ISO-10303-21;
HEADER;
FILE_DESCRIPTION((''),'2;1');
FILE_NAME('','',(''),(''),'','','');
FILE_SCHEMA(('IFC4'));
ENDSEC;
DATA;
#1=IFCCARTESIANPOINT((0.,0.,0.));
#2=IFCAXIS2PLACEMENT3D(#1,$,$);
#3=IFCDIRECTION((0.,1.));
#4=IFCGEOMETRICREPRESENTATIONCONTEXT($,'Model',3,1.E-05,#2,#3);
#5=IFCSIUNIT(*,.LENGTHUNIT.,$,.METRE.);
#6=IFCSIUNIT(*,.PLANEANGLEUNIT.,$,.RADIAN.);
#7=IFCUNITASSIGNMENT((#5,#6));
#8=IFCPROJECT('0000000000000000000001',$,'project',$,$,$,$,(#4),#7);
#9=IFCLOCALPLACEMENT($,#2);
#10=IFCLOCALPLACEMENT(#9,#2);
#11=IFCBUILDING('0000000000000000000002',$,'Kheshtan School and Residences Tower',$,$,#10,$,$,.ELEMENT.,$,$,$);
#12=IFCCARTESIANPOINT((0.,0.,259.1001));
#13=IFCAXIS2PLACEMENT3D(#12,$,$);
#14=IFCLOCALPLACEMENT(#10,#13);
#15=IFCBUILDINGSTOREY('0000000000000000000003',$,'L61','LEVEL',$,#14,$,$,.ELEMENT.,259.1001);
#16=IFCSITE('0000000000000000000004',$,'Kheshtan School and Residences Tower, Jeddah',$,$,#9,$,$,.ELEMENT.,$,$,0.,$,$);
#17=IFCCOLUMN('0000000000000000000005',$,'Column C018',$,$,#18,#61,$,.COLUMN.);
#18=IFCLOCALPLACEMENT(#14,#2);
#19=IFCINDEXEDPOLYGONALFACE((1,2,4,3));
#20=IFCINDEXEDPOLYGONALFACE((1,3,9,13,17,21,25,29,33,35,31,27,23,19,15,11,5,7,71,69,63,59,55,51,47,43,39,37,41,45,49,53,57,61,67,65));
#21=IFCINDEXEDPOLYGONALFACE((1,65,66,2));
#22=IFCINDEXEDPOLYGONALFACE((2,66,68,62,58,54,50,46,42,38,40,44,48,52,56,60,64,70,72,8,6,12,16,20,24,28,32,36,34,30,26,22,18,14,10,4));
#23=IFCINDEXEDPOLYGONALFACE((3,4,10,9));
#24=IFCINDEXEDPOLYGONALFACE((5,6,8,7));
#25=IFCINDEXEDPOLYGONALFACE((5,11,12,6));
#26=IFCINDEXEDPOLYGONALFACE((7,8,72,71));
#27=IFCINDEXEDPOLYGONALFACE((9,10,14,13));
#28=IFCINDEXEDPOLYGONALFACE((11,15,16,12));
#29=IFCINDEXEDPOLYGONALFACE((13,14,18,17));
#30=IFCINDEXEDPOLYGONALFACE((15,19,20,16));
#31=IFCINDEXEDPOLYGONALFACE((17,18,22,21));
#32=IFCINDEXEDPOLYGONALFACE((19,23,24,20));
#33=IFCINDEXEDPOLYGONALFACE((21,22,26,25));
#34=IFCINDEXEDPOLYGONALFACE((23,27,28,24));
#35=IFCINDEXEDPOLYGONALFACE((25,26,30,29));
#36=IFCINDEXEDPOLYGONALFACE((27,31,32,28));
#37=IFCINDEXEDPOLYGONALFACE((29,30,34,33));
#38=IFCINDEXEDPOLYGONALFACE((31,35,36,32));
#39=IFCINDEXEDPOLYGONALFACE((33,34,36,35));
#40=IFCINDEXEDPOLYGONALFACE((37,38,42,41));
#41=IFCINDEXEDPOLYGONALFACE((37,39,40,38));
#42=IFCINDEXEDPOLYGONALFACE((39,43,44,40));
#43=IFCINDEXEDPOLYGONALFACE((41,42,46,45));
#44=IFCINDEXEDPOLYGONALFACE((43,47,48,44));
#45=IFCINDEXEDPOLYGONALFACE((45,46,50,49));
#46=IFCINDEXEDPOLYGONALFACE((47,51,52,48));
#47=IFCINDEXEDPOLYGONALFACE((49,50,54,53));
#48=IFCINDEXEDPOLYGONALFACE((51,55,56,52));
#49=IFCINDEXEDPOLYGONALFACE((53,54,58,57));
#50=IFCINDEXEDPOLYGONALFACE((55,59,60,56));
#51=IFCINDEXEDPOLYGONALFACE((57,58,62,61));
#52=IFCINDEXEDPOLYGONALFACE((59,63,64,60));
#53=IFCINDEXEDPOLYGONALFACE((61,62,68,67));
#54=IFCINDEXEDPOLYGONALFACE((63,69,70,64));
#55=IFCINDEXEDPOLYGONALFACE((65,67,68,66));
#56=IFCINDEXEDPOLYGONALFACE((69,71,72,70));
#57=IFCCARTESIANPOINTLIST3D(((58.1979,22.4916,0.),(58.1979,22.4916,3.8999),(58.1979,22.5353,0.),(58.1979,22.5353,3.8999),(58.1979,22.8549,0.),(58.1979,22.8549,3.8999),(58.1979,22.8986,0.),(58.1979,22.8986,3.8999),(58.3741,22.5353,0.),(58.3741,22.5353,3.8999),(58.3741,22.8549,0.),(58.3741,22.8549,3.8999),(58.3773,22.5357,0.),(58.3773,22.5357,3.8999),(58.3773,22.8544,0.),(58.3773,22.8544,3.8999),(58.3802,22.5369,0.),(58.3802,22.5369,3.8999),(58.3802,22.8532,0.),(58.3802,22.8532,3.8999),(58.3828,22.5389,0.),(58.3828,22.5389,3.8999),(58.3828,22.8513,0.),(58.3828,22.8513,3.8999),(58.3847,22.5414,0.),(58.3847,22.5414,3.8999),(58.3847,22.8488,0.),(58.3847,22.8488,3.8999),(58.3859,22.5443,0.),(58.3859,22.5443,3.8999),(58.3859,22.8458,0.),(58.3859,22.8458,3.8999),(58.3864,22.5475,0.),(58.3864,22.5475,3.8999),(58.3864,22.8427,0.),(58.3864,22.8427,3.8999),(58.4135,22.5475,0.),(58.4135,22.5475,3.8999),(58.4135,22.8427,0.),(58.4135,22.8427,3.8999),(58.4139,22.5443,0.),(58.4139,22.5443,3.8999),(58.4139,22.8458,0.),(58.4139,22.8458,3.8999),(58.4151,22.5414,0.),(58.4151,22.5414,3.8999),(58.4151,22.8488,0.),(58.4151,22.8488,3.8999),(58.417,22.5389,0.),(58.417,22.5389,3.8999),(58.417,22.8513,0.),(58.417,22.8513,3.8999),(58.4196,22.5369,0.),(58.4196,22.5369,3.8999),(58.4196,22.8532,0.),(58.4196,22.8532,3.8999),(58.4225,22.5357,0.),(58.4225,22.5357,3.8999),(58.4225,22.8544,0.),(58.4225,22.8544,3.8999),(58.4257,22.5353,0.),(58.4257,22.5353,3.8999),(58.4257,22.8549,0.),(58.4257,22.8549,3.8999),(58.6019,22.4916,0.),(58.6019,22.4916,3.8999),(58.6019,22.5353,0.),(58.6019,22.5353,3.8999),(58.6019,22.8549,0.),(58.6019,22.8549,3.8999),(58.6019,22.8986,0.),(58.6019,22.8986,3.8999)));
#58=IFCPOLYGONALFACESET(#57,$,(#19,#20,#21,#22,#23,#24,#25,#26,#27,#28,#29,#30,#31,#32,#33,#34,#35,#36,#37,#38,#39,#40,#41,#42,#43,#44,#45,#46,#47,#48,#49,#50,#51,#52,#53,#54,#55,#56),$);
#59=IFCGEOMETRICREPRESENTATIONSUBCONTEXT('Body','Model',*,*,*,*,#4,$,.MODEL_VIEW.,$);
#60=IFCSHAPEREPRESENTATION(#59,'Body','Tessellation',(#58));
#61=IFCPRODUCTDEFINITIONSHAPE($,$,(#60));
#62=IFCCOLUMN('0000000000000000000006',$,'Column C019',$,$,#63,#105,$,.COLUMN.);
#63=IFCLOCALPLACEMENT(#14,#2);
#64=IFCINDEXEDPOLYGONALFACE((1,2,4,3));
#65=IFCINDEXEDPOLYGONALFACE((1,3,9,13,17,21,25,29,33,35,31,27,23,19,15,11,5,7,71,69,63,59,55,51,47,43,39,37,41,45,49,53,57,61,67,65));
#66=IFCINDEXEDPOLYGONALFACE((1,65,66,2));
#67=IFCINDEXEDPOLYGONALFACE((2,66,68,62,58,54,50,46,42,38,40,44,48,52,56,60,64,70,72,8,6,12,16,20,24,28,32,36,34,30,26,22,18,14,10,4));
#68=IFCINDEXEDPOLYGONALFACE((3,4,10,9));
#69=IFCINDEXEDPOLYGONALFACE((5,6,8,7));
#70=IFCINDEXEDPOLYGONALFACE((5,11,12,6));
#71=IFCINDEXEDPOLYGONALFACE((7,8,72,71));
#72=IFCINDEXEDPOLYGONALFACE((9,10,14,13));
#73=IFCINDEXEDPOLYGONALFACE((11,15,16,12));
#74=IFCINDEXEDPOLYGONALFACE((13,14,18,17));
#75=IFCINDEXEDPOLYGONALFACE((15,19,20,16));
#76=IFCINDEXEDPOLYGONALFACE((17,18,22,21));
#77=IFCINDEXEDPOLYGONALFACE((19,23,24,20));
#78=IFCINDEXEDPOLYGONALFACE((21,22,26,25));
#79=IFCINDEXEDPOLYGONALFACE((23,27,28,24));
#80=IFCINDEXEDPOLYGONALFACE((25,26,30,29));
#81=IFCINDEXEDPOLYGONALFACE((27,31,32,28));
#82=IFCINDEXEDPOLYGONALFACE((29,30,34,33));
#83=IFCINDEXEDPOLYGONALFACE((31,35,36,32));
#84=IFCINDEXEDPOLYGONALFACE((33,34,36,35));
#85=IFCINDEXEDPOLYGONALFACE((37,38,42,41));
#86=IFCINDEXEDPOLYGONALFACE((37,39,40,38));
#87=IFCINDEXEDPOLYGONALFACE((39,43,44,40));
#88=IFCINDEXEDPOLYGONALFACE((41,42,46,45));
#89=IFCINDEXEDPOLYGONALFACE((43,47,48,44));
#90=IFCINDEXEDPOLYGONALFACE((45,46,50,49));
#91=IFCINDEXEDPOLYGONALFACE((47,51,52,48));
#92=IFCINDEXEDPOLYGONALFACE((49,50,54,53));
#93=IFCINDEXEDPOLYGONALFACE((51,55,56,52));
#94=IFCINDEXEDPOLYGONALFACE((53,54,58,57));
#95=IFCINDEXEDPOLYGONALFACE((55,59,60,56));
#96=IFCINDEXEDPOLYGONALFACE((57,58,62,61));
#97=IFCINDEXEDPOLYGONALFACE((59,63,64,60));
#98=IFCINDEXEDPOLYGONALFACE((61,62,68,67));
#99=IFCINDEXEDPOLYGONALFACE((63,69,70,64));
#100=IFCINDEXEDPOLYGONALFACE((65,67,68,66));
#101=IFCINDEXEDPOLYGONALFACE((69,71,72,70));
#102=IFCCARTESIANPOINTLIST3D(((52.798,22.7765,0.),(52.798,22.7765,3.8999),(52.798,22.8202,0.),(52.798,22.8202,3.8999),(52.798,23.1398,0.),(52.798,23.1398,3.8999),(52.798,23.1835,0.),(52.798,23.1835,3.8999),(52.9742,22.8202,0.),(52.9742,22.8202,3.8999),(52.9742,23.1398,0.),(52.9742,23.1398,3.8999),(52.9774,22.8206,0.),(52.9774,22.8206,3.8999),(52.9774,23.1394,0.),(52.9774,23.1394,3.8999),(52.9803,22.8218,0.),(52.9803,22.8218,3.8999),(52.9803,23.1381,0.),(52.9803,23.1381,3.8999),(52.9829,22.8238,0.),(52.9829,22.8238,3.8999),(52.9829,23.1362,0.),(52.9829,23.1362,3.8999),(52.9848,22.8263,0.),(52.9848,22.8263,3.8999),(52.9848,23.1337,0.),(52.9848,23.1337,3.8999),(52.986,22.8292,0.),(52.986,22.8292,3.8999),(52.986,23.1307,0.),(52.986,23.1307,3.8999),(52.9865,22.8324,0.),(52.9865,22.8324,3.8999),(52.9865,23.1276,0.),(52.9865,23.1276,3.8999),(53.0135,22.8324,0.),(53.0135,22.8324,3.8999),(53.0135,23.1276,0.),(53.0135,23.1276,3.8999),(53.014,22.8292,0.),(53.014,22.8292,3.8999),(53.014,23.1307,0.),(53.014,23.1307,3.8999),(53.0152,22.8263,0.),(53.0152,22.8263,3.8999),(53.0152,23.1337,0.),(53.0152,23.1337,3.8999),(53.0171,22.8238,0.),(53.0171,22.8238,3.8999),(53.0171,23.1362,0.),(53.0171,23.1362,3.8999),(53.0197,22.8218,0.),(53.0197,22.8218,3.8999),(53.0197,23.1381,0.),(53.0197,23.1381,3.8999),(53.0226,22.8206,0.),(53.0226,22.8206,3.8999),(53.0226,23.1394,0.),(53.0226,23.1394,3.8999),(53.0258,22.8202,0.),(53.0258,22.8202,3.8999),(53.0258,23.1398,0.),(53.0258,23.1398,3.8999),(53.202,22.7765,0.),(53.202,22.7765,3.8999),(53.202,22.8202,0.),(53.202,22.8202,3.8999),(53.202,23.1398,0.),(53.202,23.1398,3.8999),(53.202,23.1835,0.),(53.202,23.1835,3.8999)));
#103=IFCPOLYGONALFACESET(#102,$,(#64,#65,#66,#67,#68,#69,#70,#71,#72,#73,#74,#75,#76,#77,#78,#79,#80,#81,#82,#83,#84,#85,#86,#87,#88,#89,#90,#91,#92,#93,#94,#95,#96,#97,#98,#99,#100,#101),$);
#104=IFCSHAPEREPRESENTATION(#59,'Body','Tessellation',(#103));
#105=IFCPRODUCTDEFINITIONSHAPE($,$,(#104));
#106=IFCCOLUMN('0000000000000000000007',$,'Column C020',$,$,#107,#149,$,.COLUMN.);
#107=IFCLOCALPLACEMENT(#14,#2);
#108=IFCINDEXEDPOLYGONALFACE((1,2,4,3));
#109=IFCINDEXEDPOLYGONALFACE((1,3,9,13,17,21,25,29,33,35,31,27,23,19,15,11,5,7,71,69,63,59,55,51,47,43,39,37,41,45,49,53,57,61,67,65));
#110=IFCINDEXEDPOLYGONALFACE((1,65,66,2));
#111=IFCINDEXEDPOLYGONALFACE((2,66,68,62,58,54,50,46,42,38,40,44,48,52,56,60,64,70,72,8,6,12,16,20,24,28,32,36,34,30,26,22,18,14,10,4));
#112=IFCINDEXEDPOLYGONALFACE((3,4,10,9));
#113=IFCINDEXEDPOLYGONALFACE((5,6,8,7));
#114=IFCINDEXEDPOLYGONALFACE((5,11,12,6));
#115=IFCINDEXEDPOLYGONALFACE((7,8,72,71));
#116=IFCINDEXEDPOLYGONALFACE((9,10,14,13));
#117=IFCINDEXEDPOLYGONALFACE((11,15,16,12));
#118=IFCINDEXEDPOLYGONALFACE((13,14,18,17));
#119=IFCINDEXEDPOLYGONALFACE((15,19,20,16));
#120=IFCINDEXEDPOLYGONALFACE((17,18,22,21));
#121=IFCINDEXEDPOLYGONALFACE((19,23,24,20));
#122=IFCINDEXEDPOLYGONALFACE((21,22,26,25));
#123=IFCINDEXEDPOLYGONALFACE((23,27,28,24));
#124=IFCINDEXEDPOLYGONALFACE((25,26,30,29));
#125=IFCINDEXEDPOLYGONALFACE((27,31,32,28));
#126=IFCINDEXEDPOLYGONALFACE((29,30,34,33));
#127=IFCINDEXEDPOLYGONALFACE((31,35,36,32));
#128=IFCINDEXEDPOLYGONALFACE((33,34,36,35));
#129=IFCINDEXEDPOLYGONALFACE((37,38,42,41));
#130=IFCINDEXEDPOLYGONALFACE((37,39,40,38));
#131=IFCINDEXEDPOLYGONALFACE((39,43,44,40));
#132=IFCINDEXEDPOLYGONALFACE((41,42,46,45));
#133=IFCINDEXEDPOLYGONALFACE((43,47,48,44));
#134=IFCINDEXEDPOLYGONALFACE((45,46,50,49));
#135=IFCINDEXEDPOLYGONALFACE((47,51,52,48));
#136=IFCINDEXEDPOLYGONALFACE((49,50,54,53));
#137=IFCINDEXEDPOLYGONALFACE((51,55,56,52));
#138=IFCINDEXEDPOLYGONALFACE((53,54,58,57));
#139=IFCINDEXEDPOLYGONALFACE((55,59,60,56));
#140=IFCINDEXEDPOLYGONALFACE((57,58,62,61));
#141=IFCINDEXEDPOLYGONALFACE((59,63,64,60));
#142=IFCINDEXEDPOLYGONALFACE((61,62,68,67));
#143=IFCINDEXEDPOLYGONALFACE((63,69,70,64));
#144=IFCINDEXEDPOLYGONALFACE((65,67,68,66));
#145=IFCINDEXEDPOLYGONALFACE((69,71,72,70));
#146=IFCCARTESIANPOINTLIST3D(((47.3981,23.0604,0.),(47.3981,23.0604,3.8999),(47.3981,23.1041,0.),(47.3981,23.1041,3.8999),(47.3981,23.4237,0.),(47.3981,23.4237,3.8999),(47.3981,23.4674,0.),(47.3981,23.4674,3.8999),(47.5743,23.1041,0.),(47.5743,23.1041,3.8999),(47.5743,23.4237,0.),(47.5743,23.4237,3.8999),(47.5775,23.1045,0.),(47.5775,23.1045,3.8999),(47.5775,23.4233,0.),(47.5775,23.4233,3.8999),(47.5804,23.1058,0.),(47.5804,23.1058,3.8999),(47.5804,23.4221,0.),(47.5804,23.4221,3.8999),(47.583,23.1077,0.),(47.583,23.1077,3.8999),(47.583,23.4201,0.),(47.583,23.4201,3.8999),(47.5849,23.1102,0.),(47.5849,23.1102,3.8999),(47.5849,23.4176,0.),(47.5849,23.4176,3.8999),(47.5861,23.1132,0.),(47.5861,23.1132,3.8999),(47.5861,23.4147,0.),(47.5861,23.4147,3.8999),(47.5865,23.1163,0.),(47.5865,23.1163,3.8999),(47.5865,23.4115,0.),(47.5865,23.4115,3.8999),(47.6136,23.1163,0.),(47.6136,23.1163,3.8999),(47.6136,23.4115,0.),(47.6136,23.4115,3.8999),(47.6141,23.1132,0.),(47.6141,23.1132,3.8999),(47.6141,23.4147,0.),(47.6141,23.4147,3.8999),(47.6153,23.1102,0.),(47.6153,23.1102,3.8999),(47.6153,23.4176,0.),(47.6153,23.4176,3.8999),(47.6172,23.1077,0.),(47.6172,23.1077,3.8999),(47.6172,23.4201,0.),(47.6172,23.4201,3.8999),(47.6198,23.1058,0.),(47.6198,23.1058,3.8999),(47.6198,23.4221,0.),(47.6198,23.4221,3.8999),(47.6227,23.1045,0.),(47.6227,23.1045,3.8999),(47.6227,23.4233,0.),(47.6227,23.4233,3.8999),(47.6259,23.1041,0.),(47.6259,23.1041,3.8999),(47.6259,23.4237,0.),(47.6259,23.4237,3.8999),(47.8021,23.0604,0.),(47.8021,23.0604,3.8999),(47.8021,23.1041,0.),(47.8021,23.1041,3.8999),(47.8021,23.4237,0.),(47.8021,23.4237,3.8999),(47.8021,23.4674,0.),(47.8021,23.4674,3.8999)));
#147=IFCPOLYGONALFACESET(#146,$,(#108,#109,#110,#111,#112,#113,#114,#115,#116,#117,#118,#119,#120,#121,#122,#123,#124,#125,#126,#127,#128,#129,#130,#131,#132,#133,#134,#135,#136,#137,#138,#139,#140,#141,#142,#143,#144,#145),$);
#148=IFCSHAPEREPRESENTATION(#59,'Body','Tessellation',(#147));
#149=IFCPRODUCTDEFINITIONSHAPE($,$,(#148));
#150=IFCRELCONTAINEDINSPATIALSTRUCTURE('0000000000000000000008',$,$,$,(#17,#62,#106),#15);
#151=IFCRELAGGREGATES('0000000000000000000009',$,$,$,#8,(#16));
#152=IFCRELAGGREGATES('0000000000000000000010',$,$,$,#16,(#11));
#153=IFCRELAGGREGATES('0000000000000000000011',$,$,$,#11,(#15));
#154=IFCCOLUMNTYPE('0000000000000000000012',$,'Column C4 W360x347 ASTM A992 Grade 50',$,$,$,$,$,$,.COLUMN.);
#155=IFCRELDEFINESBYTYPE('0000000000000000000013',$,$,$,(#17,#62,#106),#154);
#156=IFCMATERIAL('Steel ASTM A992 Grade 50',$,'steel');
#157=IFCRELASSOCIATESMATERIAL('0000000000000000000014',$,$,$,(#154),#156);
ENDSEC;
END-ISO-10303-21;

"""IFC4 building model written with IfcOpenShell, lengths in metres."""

from ifc_helpers import new_model, si_unit, direction, frame, origin, origin_2d, place, context, subcontext, project, spatial, i_section, extrude, material, material_profile, profile_set, type_object, element, save


model = new_model("IFC4")

# Units and contexts
model_context = context("Model", 3, precision=1e-05, world=origin(), true_north=direction((0.0, 1.0)))
body_context = subcontext(model_context, "Body", "Model", "MODEL_VIEW")
ifc_project = project(units=[si_unit("LENGTHUNIT", "METRE"), si_unit("PLANEANGLEUNIT", "RADIAN")], contexts=[model_context])

# Site, building, storey
site_placement = place(None, origin())
site = spatial("IfcSite", under=ifc_project, at=site_placement, Name="Kheshtan School and Residences Tower, Jeddah", CompositionType="ELEMENT", RefElevation=0.0)
building_placement = place(site_placement, origin())
building = spatial("IfcBuilding", under=site, at=building_placement, Name="Kheshtan School and Residences Tower", CompositionType="ELEMENT")
storey_placement = place(building_placement, frame((0.0, 0.0, 259.1001)))
storey = spatial("IfcBuildingStorey", under=building, at=storey_placement, Name="L61", Description="LEVEL", CompositionType="ELEMENT", Elevation=259.1001)

# Columns
ifc_material_1 = material(Name="Steel ASTM A992 Grade 50", Category="steel")
ifc_material_profile_1 = material_profile(ifc_material_1, i_section(OverallWidth=0.4041, OverallDepth=0.407, WebThickness=0.0271, FlangeThickness=0.0437, FilletRadius=0.0122, at=origin_2d()), Name="W360x347")
ifc_profile_set_1 = profile_set([ifc_material_profile_1], Name="Steel ASTM A992 Grade 50")
column_type_1 = type_object("IfcColumnType", Name="Column C4 W360x347 ASTM A992 Grade 50", PredefinedType="COLUMN", material=ifc_profile_set_1)
for number, where, z_axis, x_axis, name in (
    (1, (58.3999, 22.6951, 0.0), (0.0, 0.0, 1.0), (1.0, 0.0, 0.0), "Column C018"),
    (2, (53.0, 22.98, 0.0), (0.0, 0.0, 1.0), (1.0, 0.0, 0.0), "Column C019"),
    (3, (47.6001, 23.2639, 0.0), (0.0, 0.0, 1.0), (1.0, 0.0, 0.0), "Column C020"),
):
    element("IfcColumn", number, at=place(storey_placement, frame(where, z_axis=z_axis, x_axis=x_axis)), inside=storey, type_object=column_type_1, Name=name, PredefinedType="COLUMN", context=body_context, shape_type="SweptSolid", body=[
        extrude(i_section(OverallWidth=0.4041, OverallDepth=0.407, WebThickness=0.0271, FlangeThickness=0.0437, FilletRadius=0.0122, at=origin_2d()), origin(), (0.0, 0.0, 1.0), 3.8999),
    ])

save(model, "model.ifc")
